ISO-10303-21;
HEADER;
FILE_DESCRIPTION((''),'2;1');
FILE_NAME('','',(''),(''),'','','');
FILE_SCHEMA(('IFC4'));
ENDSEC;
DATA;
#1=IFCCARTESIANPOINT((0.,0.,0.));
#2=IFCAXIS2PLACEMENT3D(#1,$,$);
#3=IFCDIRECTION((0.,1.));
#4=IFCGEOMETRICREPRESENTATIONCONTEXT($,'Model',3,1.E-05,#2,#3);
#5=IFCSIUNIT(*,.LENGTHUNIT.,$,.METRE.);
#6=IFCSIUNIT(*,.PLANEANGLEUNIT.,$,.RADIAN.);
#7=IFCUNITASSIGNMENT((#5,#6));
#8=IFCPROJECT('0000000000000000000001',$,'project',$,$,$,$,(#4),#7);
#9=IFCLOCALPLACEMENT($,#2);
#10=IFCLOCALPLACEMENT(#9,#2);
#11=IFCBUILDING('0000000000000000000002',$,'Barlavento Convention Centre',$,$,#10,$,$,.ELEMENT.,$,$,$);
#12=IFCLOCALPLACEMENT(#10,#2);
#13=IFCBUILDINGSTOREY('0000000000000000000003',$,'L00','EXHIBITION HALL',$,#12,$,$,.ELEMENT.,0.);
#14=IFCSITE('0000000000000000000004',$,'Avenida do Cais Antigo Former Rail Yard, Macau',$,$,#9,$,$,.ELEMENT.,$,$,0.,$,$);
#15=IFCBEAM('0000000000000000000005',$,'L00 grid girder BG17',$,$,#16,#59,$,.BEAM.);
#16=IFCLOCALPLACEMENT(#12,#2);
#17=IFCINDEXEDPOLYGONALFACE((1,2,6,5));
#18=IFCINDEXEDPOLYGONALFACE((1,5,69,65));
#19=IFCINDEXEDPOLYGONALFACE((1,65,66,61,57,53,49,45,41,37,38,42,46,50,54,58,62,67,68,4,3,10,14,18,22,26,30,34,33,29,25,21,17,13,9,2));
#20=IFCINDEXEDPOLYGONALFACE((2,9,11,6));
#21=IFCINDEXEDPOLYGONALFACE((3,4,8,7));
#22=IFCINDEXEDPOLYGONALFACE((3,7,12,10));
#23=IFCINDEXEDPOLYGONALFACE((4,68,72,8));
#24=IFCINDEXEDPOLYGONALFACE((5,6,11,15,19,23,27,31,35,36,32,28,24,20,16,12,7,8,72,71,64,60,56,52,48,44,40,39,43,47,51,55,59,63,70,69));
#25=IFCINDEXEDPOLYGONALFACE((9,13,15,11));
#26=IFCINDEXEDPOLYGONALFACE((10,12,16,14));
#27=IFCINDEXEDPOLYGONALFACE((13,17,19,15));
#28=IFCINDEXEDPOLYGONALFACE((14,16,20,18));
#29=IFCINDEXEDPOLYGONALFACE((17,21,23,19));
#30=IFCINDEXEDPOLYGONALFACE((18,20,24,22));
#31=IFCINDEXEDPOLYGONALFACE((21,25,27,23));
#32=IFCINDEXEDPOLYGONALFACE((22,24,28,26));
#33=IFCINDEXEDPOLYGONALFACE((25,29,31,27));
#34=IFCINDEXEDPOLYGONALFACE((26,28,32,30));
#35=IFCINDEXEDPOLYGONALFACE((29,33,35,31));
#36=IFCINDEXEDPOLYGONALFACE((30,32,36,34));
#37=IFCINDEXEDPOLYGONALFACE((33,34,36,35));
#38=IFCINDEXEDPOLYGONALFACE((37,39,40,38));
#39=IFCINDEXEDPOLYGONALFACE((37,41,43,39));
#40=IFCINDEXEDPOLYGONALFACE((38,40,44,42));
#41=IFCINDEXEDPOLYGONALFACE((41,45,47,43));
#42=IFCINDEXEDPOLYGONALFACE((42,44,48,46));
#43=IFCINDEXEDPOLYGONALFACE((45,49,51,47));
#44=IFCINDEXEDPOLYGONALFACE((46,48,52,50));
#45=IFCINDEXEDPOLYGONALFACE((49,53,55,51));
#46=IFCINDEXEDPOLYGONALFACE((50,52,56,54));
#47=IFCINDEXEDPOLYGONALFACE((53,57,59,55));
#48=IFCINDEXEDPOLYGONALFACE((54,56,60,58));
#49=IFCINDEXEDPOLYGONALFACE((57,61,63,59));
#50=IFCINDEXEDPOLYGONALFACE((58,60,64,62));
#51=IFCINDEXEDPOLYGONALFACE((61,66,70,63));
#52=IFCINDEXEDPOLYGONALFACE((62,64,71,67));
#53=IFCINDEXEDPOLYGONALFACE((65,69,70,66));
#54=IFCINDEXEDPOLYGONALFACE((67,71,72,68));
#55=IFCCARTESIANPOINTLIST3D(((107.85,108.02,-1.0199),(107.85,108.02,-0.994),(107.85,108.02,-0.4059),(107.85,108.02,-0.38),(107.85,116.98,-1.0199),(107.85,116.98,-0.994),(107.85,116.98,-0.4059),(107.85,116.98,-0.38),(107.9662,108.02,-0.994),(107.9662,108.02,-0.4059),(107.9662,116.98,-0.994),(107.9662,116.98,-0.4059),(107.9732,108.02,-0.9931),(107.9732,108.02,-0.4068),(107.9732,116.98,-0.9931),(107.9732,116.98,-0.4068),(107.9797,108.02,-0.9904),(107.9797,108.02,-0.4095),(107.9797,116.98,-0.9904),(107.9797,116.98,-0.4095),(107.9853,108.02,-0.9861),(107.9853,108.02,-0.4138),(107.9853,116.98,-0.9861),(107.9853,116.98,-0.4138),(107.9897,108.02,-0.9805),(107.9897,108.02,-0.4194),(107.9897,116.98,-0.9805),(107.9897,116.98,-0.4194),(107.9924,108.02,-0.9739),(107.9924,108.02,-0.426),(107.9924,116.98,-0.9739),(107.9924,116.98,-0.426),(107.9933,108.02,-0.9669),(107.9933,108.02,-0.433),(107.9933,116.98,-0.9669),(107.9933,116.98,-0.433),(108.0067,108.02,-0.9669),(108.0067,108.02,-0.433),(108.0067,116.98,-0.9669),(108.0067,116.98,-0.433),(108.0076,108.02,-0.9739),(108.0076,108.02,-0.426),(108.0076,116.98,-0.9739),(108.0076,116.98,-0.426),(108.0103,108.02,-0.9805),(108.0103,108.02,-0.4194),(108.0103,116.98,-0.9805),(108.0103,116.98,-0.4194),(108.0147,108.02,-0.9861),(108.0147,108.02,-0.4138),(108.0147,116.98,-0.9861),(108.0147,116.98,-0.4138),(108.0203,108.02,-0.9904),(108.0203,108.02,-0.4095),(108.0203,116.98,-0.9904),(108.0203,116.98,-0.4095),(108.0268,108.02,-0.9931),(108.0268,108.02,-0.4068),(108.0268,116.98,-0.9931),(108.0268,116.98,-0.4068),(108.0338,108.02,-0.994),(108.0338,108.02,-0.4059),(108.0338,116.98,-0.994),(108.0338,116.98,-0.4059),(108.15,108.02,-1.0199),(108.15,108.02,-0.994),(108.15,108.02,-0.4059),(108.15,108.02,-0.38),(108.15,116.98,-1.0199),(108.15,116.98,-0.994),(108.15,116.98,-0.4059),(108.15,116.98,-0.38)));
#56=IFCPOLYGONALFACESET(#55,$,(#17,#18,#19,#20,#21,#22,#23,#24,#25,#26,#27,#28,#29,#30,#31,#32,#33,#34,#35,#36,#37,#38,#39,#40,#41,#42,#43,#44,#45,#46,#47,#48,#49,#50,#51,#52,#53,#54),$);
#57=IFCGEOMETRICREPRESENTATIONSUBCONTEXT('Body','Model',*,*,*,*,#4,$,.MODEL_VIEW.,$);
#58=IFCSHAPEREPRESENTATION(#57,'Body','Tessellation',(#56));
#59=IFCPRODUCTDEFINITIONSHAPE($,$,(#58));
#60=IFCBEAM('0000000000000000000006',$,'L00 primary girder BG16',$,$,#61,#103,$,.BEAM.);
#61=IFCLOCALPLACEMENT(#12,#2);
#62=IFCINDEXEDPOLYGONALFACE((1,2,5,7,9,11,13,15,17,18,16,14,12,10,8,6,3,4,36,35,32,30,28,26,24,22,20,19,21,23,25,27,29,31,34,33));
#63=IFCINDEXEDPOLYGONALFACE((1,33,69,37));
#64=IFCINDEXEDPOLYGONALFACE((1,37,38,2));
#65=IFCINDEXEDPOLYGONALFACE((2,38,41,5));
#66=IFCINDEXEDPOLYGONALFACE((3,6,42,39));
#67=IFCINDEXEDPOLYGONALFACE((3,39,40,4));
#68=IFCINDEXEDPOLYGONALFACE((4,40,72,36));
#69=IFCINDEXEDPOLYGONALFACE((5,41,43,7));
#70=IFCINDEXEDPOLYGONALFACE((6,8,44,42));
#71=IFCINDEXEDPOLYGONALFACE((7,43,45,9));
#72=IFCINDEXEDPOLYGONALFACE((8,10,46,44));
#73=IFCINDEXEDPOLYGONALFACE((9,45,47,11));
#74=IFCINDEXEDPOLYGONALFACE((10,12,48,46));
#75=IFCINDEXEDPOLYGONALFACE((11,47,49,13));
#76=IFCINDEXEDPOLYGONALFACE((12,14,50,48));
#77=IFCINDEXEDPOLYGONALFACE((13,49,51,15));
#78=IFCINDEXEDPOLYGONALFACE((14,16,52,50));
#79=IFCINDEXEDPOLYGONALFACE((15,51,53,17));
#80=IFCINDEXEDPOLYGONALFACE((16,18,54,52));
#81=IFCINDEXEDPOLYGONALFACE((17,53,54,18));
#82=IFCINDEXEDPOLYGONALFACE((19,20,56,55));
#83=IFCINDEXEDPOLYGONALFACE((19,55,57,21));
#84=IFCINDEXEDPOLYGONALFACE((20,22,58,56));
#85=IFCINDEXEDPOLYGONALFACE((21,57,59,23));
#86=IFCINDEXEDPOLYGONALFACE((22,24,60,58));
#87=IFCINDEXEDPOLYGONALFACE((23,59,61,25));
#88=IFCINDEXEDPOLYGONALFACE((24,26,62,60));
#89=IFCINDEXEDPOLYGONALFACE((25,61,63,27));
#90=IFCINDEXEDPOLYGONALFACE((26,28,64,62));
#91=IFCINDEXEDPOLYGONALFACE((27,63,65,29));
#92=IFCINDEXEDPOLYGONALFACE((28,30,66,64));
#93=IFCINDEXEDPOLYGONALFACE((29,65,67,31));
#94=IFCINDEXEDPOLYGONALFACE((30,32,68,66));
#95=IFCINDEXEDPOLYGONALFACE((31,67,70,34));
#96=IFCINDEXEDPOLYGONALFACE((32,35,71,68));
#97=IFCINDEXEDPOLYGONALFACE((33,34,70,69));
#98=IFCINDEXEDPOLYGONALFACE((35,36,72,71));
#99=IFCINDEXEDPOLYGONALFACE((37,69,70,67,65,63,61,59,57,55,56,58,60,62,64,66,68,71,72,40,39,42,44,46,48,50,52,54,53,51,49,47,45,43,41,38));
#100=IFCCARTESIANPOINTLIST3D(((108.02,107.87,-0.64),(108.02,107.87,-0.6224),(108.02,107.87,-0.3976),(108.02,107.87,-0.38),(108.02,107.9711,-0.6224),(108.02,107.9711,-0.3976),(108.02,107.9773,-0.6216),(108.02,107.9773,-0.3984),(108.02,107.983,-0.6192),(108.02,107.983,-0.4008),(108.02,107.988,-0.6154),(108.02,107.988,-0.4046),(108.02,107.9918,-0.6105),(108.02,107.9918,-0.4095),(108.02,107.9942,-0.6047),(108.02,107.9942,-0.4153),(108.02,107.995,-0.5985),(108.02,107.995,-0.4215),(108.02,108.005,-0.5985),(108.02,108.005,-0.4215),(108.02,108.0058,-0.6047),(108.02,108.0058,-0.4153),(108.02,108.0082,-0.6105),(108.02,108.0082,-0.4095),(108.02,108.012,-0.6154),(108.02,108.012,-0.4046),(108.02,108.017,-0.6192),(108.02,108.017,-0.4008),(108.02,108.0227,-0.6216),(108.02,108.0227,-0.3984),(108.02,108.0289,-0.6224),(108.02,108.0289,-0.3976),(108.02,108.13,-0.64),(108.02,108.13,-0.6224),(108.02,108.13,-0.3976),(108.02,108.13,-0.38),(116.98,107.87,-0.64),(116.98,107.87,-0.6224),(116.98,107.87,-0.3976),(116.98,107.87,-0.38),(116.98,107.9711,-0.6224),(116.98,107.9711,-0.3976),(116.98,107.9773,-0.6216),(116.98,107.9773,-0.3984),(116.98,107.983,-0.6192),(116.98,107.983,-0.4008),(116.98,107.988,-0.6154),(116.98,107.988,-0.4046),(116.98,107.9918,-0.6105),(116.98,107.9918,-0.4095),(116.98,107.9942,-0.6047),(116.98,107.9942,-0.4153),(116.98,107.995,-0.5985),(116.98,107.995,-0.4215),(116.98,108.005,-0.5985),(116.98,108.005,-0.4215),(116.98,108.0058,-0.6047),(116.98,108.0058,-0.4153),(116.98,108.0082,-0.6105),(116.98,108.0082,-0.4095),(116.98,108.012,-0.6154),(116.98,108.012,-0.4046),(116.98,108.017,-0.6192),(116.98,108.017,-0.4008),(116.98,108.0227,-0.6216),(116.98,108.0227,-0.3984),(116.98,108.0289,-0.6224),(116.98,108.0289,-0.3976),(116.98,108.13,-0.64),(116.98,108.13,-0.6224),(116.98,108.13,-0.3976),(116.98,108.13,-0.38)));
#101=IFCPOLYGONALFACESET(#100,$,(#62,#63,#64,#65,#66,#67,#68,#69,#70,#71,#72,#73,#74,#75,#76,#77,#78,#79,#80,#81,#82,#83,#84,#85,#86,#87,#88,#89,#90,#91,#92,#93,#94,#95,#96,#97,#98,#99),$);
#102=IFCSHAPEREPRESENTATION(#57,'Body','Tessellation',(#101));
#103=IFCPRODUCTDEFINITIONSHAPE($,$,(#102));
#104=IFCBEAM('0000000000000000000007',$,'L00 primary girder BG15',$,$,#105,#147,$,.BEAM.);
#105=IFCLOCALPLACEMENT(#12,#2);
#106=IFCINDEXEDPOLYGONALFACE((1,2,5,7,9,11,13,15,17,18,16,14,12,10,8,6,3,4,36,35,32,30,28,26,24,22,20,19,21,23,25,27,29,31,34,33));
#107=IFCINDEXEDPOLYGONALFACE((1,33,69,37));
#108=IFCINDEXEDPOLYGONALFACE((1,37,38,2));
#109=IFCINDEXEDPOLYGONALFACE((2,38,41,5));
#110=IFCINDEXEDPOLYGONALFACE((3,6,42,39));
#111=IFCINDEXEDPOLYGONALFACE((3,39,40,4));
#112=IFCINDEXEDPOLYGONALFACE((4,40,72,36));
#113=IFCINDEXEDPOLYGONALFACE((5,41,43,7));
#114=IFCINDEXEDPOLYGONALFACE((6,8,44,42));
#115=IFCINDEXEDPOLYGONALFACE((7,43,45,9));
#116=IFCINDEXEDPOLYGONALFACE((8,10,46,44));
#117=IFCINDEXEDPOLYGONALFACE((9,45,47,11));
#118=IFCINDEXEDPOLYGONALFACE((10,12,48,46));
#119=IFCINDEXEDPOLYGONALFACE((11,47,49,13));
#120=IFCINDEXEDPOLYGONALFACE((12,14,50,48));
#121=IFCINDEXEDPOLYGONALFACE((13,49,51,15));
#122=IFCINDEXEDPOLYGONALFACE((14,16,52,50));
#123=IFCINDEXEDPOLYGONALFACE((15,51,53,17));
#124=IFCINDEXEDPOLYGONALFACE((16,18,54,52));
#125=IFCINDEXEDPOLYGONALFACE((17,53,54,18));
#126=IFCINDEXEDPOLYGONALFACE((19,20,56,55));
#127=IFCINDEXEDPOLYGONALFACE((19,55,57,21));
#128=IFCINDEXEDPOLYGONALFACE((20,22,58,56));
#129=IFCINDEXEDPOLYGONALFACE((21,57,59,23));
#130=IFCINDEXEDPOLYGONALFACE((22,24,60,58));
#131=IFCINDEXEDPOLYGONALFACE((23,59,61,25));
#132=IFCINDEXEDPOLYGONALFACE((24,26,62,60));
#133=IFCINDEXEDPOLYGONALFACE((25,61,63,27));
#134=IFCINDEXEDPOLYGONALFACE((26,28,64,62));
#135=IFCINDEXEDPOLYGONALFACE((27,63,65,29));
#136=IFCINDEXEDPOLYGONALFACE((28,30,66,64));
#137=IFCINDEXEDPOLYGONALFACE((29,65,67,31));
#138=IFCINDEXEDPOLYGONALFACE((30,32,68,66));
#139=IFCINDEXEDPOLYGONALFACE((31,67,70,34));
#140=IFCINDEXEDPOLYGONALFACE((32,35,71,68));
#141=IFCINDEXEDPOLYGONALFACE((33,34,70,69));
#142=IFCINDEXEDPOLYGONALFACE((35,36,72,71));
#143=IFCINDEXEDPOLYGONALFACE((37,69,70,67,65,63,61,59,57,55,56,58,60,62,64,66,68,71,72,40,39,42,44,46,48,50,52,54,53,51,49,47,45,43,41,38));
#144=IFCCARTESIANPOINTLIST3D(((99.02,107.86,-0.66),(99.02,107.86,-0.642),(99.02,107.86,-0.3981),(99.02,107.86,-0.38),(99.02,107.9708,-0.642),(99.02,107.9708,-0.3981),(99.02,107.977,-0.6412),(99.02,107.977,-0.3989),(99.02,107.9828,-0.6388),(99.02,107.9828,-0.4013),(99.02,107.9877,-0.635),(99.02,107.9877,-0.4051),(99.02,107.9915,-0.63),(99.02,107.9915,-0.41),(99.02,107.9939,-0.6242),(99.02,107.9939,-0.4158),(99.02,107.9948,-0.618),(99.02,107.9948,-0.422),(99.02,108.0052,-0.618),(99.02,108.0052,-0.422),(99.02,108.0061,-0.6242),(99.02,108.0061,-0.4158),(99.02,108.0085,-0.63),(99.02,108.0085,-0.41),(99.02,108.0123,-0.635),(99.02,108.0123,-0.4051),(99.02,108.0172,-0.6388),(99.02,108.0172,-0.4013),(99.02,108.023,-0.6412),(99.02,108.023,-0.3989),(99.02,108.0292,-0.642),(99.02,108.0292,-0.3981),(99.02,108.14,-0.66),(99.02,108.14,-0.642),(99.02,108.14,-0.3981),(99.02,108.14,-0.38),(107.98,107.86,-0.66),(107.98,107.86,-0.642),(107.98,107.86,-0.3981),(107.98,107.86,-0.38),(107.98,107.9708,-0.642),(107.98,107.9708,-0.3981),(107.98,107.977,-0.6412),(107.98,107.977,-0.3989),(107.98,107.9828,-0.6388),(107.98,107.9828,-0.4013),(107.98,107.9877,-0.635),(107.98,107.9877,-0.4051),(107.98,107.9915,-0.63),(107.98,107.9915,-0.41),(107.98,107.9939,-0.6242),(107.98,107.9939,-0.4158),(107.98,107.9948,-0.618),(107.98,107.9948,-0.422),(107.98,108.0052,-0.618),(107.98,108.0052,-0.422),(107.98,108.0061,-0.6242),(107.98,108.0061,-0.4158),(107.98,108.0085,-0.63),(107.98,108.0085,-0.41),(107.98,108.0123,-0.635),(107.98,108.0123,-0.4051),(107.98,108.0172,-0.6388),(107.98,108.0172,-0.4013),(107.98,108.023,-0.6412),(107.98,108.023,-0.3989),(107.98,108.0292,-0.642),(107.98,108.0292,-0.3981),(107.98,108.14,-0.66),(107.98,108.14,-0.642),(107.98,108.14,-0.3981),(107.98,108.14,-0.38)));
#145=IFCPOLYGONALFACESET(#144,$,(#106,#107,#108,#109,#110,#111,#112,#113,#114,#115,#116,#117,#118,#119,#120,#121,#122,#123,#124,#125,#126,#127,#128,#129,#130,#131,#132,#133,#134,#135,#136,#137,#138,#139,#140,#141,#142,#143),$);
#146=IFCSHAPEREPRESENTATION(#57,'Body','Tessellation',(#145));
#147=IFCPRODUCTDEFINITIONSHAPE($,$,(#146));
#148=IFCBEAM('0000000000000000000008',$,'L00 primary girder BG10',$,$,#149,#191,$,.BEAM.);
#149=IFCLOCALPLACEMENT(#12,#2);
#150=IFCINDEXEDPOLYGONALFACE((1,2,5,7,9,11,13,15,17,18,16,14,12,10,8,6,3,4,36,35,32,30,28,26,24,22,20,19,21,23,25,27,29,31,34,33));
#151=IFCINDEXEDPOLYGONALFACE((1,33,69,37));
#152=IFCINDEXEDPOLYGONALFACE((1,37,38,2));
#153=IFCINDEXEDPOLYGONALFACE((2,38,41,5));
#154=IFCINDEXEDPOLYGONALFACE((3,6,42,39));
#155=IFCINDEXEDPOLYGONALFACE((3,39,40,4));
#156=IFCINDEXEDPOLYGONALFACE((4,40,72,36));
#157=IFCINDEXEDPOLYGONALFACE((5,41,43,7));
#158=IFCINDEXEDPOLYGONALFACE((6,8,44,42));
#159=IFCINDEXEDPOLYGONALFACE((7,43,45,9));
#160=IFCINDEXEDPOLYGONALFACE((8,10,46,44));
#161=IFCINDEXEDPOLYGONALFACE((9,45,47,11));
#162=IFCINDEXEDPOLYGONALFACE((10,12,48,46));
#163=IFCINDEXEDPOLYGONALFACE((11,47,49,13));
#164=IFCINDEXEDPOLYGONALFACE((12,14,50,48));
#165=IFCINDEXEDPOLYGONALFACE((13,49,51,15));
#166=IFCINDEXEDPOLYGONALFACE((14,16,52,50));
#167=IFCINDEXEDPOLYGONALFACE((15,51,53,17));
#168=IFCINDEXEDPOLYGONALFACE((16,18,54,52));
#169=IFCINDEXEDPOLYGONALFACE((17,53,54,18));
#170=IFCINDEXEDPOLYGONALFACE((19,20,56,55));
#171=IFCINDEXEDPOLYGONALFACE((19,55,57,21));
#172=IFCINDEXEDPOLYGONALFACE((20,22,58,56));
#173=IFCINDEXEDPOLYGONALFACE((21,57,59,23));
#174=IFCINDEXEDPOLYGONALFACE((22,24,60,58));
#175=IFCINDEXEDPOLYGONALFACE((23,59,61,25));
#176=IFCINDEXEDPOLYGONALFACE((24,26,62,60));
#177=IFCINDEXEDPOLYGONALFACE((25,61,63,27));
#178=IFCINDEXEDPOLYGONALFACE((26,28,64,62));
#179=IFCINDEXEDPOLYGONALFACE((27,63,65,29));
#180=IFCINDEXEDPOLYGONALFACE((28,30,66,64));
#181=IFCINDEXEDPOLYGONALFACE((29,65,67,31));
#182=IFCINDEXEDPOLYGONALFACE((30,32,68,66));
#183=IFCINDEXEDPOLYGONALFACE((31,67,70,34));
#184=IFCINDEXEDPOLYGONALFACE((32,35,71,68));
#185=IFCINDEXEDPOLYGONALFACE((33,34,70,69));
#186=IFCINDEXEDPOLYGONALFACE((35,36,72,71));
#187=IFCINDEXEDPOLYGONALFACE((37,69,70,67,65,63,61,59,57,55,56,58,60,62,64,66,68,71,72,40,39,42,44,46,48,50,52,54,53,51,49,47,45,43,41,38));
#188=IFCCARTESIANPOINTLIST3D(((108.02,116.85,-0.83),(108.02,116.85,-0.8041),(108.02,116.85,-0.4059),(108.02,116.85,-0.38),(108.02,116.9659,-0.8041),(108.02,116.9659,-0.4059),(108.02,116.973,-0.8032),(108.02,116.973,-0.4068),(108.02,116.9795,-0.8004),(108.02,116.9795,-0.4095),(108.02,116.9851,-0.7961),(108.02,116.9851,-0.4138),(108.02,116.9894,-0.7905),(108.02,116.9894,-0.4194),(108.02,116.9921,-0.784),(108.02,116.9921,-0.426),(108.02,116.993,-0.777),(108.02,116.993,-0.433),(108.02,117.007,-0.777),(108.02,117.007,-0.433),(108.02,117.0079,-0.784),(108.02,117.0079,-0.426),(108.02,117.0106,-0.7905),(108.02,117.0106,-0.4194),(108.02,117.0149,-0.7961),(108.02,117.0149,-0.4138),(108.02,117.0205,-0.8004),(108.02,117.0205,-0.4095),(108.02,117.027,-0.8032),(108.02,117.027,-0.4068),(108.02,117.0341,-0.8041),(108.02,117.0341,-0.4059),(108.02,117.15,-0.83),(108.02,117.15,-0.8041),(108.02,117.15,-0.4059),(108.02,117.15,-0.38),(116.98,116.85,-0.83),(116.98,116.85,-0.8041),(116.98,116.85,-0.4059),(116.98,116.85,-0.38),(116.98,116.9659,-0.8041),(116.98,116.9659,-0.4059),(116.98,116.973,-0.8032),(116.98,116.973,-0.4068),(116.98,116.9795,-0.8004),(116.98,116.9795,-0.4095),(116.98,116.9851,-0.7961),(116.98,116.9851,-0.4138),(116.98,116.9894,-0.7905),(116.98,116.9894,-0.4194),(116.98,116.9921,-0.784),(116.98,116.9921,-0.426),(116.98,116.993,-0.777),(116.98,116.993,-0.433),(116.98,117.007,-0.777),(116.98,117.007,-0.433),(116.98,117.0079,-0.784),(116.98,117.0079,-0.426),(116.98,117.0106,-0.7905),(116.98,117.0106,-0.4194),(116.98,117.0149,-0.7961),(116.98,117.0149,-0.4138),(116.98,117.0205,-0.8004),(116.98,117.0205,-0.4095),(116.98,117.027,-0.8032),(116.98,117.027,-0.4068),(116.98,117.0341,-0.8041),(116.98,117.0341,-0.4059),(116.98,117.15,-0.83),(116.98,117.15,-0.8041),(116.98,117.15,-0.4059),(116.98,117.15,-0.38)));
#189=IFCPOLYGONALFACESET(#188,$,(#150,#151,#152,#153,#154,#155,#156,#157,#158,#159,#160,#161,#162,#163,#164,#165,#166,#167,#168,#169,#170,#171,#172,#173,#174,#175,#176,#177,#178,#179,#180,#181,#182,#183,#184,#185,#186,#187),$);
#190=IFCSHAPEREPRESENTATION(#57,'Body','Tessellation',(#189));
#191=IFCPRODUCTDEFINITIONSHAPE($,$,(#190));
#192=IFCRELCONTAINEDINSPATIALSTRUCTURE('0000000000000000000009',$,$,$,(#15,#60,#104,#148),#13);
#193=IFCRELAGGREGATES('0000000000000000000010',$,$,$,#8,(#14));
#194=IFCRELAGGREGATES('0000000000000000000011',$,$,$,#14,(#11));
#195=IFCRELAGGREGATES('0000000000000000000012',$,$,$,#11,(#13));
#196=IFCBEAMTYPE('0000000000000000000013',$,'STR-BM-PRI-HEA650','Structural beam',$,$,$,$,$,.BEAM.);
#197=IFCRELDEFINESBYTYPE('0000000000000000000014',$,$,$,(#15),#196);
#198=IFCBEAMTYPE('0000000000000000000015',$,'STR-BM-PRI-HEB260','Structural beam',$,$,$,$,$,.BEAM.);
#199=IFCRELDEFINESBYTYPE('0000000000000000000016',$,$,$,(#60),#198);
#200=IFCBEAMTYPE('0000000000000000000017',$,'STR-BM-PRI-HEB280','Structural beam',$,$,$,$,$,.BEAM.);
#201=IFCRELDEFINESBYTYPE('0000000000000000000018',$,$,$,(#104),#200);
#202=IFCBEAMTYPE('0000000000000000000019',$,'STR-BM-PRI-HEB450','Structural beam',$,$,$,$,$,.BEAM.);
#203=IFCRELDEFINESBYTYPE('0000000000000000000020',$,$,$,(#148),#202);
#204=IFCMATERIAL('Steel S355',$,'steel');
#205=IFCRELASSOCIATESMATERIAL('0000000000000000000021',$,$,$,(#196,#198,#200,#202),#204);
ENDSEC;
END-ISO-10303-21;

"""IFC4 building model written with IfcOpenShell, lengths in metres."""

from ifc_helpers import new_model, si_unit, direction, frame, origin, origin_2d, place, context, subcontext, project, spatial, i_section, extrude, material, material_profile, profile_set, type_object, element, save


model = new_model("IFC4")

# Units and contexts
model_context = context("Model", 3, precision=1e-05, world=origin(), true_north=direction((0.0, 1.0)))
body_context = subcontext(model_context, "Body", "Model", "MODEL_VIEW")
ifc_project = project(units=[si_unit("LENGTHUNIT", "METRE"), si_unit("PLANEANGLEUNIT", "RADIAN")], contexts=[model_context])

# Site, building, storey
site_placement = place(None, origin())
site = spatial("IfcSite", under=ifc_project, at=site_placement, Name="Avenida do Cais Antigo Former Rail Yard, Macau", CompositionType="ELEMENT", RefElevation=0.0)
building_placement = place(site_placement, origin())
building = spatial("IfcBuilding", under=site, at=building_placement, Name="Barlavento Convention Centre", CompositionType="ELEMENT")
storey_placement = place(building_placement, origin())
storey = spatial("IfcBuildingStorey", under=building, at=storey_placement, Name="L00", Description="EXHIBITION HALL", CompositionType="ELEMENT", Elevation=0.0)

# Beams
ifc_material_1 = material(Name="Steel S355", Category="steel")
ifc_material_profile_1 = material_profile(ifc_material_1, i_section(OverallWidth=0.3, OverallDepth=0.6399, WebThickness=0.0134, FlangeThickness=0.0259, FilletRadius=0.0271, at=origin_2d()), Name="HEA 650")
ifc_profile_set_1 = profile_set([ifc_material_profile_1], Name="Steel S355")
beam_type_1 = type_object("IfcBeamType", Name="STR-BM-PRI-HEA650", Description="Structural beam", PredefinedType="BEAM", material=ifc_profile_set_1)
beam_1_placement = place(storey_placement, frame((108.0, 108.02, -0.7), z_axis=(0.0, 1.0, 0.0), x_axis=(-1.0, 0.0, 0.0)))
element("IfcBeam", 1, at=beam_1_placement, inside=storey, type_object=beam_type_1, Name="L00 grid girder BG17", PredefinedType="BEAM", context=body_context, shape_type="SweptSolid", body=[
    extrude(i_section(OverallWidth=0.3, OverallDepth=0.6399, WebThickness=0.0134, FlangeThickness=0.0259, FilletRadius=0.0271, at=origin_2d()), origin(), (0.0, 0.0, 1.0), 8.96),
])
ifc_material_profile_2 = material_profile(ifc_material_1, i_section(OverallWidth=0.26, OverallDepth=0.26, WebThickness=0.01, FlangeThickness=0.0176, FilletRadius=0.0239, at=origin_2d()), Name="HEB 260")
ifc_profile_set_2 = profile_set([ifc_material_profile_2], Name="Steel S355")
beam_type_2 = type_object("IfcBeamType", Name="STR-BM-PRI-HEB260", Description="Structural beam", PredefinedType="BEAM", material=ifc_profile_set_2)
beam_2_placement = place(storey_placement, frame((108.02, 108.0, -0.51), z_axis=(1.0, 0.0, 0.0), x_axis=(0.0, 1.0, 0.0)))
element("IfcBeam", 2, at=beam_2_placement, inside=storey, type_object=beam_type_2, Name="L00 primary girder BG16", PredefinedType="BEAM", context=body_context, shape_type="SweptSolid", body=[
    extrude(i_section(OverallWidth=0.26, OverallDepth=0.26, WebThickness=0.01, FlangeThickness=0.0176, FilletRadius=0.0239, at=origin_2d()), origin(), (0.0, 0.0, 1.0), 8.96),
])
ifc_material_profile_3 = material_profile(ifc_material_1, i_section(OverallWidth=0.28, OverallDepth=0.28, WebThickness=0.0105, FlangeThickness=0.0181, FilletRadius=0.0239, at=origin_2d()), Name="HEB 280")
ifc_profile_set_3 = profile_set([ifc_material_profile_3], Name="Steel S355")
beam_type_3 = type_object("IfcBeamType", Name="STR-BM-PRI-HEB280", Description="Structural beam", PredefinedType="BEAM", material=ifc_profile_set_3)
beam_3_placement = place(storey_placement, frame((99.02, 108.0, -0.52), z_axis=(1.0, 0.0, 0.0), x_axis=(0.0, 1.0, 0.0)))
element("IfcBeam", 3, at=beam_3_placement, inside=storey, type_object=beam_type_3, Name="L00 primary girder BG15", PredefinedType="BEAM", context=body_context, shape_type="SweptSolid", body=[
    extrude(i_section(OverallWidth=0.28, OverallDepth=0.28, WebThickness=0.0105, FlangeThickness=0.0181, FilletRadius=0.0239, at=origin_2d()), origin(), (0.0, 0.0, 1.0), 8.96),
])
ifc_material_profile_4 = material_profile(ifc_material_1, i_section(OverallWidth=0.3, OverallDepth=0.45, WebThickness=0.0139, FlangeThickness=0.0259, FilletRadius=0.0271, at=origin_2d()), Name="HEB 450")
ifc_profile_set_4 = profile_set([ifc_material_profile_4], Name="Steel S355")
beam_type_4 = type_object("IfcBeamType", Name="STR-BM-PRI-HEB450", Description="Structural beam", PredefinedType="BEAM", material=ifc_profile_set_4)
beam_4_placement = place(storey_placement, frame((108.02, 117.0, -0.605), z_axis=(1.0, 0.0, 0.0), x_axis=(0.0, 1.0, 0.0)))
element("IfcBeam", 4, at=beam_4_placement, inside=storey, type_object=beam_type_4, Name="L00 primary girder BG10", PredefinedType="BEAM", context=body_context, shape_type="SweptSolid", body=[
    extrude(i_section(OverallWidth=0.3, OverallDepth=0.45, WebThickness=0.0139, FlangeThickness=0.0259, FilletRadius=0.0271, at=origin_2d()), origin(), (0.0, 0.0, 1.0), 8.96),
])

save(model, "model.ifc")
